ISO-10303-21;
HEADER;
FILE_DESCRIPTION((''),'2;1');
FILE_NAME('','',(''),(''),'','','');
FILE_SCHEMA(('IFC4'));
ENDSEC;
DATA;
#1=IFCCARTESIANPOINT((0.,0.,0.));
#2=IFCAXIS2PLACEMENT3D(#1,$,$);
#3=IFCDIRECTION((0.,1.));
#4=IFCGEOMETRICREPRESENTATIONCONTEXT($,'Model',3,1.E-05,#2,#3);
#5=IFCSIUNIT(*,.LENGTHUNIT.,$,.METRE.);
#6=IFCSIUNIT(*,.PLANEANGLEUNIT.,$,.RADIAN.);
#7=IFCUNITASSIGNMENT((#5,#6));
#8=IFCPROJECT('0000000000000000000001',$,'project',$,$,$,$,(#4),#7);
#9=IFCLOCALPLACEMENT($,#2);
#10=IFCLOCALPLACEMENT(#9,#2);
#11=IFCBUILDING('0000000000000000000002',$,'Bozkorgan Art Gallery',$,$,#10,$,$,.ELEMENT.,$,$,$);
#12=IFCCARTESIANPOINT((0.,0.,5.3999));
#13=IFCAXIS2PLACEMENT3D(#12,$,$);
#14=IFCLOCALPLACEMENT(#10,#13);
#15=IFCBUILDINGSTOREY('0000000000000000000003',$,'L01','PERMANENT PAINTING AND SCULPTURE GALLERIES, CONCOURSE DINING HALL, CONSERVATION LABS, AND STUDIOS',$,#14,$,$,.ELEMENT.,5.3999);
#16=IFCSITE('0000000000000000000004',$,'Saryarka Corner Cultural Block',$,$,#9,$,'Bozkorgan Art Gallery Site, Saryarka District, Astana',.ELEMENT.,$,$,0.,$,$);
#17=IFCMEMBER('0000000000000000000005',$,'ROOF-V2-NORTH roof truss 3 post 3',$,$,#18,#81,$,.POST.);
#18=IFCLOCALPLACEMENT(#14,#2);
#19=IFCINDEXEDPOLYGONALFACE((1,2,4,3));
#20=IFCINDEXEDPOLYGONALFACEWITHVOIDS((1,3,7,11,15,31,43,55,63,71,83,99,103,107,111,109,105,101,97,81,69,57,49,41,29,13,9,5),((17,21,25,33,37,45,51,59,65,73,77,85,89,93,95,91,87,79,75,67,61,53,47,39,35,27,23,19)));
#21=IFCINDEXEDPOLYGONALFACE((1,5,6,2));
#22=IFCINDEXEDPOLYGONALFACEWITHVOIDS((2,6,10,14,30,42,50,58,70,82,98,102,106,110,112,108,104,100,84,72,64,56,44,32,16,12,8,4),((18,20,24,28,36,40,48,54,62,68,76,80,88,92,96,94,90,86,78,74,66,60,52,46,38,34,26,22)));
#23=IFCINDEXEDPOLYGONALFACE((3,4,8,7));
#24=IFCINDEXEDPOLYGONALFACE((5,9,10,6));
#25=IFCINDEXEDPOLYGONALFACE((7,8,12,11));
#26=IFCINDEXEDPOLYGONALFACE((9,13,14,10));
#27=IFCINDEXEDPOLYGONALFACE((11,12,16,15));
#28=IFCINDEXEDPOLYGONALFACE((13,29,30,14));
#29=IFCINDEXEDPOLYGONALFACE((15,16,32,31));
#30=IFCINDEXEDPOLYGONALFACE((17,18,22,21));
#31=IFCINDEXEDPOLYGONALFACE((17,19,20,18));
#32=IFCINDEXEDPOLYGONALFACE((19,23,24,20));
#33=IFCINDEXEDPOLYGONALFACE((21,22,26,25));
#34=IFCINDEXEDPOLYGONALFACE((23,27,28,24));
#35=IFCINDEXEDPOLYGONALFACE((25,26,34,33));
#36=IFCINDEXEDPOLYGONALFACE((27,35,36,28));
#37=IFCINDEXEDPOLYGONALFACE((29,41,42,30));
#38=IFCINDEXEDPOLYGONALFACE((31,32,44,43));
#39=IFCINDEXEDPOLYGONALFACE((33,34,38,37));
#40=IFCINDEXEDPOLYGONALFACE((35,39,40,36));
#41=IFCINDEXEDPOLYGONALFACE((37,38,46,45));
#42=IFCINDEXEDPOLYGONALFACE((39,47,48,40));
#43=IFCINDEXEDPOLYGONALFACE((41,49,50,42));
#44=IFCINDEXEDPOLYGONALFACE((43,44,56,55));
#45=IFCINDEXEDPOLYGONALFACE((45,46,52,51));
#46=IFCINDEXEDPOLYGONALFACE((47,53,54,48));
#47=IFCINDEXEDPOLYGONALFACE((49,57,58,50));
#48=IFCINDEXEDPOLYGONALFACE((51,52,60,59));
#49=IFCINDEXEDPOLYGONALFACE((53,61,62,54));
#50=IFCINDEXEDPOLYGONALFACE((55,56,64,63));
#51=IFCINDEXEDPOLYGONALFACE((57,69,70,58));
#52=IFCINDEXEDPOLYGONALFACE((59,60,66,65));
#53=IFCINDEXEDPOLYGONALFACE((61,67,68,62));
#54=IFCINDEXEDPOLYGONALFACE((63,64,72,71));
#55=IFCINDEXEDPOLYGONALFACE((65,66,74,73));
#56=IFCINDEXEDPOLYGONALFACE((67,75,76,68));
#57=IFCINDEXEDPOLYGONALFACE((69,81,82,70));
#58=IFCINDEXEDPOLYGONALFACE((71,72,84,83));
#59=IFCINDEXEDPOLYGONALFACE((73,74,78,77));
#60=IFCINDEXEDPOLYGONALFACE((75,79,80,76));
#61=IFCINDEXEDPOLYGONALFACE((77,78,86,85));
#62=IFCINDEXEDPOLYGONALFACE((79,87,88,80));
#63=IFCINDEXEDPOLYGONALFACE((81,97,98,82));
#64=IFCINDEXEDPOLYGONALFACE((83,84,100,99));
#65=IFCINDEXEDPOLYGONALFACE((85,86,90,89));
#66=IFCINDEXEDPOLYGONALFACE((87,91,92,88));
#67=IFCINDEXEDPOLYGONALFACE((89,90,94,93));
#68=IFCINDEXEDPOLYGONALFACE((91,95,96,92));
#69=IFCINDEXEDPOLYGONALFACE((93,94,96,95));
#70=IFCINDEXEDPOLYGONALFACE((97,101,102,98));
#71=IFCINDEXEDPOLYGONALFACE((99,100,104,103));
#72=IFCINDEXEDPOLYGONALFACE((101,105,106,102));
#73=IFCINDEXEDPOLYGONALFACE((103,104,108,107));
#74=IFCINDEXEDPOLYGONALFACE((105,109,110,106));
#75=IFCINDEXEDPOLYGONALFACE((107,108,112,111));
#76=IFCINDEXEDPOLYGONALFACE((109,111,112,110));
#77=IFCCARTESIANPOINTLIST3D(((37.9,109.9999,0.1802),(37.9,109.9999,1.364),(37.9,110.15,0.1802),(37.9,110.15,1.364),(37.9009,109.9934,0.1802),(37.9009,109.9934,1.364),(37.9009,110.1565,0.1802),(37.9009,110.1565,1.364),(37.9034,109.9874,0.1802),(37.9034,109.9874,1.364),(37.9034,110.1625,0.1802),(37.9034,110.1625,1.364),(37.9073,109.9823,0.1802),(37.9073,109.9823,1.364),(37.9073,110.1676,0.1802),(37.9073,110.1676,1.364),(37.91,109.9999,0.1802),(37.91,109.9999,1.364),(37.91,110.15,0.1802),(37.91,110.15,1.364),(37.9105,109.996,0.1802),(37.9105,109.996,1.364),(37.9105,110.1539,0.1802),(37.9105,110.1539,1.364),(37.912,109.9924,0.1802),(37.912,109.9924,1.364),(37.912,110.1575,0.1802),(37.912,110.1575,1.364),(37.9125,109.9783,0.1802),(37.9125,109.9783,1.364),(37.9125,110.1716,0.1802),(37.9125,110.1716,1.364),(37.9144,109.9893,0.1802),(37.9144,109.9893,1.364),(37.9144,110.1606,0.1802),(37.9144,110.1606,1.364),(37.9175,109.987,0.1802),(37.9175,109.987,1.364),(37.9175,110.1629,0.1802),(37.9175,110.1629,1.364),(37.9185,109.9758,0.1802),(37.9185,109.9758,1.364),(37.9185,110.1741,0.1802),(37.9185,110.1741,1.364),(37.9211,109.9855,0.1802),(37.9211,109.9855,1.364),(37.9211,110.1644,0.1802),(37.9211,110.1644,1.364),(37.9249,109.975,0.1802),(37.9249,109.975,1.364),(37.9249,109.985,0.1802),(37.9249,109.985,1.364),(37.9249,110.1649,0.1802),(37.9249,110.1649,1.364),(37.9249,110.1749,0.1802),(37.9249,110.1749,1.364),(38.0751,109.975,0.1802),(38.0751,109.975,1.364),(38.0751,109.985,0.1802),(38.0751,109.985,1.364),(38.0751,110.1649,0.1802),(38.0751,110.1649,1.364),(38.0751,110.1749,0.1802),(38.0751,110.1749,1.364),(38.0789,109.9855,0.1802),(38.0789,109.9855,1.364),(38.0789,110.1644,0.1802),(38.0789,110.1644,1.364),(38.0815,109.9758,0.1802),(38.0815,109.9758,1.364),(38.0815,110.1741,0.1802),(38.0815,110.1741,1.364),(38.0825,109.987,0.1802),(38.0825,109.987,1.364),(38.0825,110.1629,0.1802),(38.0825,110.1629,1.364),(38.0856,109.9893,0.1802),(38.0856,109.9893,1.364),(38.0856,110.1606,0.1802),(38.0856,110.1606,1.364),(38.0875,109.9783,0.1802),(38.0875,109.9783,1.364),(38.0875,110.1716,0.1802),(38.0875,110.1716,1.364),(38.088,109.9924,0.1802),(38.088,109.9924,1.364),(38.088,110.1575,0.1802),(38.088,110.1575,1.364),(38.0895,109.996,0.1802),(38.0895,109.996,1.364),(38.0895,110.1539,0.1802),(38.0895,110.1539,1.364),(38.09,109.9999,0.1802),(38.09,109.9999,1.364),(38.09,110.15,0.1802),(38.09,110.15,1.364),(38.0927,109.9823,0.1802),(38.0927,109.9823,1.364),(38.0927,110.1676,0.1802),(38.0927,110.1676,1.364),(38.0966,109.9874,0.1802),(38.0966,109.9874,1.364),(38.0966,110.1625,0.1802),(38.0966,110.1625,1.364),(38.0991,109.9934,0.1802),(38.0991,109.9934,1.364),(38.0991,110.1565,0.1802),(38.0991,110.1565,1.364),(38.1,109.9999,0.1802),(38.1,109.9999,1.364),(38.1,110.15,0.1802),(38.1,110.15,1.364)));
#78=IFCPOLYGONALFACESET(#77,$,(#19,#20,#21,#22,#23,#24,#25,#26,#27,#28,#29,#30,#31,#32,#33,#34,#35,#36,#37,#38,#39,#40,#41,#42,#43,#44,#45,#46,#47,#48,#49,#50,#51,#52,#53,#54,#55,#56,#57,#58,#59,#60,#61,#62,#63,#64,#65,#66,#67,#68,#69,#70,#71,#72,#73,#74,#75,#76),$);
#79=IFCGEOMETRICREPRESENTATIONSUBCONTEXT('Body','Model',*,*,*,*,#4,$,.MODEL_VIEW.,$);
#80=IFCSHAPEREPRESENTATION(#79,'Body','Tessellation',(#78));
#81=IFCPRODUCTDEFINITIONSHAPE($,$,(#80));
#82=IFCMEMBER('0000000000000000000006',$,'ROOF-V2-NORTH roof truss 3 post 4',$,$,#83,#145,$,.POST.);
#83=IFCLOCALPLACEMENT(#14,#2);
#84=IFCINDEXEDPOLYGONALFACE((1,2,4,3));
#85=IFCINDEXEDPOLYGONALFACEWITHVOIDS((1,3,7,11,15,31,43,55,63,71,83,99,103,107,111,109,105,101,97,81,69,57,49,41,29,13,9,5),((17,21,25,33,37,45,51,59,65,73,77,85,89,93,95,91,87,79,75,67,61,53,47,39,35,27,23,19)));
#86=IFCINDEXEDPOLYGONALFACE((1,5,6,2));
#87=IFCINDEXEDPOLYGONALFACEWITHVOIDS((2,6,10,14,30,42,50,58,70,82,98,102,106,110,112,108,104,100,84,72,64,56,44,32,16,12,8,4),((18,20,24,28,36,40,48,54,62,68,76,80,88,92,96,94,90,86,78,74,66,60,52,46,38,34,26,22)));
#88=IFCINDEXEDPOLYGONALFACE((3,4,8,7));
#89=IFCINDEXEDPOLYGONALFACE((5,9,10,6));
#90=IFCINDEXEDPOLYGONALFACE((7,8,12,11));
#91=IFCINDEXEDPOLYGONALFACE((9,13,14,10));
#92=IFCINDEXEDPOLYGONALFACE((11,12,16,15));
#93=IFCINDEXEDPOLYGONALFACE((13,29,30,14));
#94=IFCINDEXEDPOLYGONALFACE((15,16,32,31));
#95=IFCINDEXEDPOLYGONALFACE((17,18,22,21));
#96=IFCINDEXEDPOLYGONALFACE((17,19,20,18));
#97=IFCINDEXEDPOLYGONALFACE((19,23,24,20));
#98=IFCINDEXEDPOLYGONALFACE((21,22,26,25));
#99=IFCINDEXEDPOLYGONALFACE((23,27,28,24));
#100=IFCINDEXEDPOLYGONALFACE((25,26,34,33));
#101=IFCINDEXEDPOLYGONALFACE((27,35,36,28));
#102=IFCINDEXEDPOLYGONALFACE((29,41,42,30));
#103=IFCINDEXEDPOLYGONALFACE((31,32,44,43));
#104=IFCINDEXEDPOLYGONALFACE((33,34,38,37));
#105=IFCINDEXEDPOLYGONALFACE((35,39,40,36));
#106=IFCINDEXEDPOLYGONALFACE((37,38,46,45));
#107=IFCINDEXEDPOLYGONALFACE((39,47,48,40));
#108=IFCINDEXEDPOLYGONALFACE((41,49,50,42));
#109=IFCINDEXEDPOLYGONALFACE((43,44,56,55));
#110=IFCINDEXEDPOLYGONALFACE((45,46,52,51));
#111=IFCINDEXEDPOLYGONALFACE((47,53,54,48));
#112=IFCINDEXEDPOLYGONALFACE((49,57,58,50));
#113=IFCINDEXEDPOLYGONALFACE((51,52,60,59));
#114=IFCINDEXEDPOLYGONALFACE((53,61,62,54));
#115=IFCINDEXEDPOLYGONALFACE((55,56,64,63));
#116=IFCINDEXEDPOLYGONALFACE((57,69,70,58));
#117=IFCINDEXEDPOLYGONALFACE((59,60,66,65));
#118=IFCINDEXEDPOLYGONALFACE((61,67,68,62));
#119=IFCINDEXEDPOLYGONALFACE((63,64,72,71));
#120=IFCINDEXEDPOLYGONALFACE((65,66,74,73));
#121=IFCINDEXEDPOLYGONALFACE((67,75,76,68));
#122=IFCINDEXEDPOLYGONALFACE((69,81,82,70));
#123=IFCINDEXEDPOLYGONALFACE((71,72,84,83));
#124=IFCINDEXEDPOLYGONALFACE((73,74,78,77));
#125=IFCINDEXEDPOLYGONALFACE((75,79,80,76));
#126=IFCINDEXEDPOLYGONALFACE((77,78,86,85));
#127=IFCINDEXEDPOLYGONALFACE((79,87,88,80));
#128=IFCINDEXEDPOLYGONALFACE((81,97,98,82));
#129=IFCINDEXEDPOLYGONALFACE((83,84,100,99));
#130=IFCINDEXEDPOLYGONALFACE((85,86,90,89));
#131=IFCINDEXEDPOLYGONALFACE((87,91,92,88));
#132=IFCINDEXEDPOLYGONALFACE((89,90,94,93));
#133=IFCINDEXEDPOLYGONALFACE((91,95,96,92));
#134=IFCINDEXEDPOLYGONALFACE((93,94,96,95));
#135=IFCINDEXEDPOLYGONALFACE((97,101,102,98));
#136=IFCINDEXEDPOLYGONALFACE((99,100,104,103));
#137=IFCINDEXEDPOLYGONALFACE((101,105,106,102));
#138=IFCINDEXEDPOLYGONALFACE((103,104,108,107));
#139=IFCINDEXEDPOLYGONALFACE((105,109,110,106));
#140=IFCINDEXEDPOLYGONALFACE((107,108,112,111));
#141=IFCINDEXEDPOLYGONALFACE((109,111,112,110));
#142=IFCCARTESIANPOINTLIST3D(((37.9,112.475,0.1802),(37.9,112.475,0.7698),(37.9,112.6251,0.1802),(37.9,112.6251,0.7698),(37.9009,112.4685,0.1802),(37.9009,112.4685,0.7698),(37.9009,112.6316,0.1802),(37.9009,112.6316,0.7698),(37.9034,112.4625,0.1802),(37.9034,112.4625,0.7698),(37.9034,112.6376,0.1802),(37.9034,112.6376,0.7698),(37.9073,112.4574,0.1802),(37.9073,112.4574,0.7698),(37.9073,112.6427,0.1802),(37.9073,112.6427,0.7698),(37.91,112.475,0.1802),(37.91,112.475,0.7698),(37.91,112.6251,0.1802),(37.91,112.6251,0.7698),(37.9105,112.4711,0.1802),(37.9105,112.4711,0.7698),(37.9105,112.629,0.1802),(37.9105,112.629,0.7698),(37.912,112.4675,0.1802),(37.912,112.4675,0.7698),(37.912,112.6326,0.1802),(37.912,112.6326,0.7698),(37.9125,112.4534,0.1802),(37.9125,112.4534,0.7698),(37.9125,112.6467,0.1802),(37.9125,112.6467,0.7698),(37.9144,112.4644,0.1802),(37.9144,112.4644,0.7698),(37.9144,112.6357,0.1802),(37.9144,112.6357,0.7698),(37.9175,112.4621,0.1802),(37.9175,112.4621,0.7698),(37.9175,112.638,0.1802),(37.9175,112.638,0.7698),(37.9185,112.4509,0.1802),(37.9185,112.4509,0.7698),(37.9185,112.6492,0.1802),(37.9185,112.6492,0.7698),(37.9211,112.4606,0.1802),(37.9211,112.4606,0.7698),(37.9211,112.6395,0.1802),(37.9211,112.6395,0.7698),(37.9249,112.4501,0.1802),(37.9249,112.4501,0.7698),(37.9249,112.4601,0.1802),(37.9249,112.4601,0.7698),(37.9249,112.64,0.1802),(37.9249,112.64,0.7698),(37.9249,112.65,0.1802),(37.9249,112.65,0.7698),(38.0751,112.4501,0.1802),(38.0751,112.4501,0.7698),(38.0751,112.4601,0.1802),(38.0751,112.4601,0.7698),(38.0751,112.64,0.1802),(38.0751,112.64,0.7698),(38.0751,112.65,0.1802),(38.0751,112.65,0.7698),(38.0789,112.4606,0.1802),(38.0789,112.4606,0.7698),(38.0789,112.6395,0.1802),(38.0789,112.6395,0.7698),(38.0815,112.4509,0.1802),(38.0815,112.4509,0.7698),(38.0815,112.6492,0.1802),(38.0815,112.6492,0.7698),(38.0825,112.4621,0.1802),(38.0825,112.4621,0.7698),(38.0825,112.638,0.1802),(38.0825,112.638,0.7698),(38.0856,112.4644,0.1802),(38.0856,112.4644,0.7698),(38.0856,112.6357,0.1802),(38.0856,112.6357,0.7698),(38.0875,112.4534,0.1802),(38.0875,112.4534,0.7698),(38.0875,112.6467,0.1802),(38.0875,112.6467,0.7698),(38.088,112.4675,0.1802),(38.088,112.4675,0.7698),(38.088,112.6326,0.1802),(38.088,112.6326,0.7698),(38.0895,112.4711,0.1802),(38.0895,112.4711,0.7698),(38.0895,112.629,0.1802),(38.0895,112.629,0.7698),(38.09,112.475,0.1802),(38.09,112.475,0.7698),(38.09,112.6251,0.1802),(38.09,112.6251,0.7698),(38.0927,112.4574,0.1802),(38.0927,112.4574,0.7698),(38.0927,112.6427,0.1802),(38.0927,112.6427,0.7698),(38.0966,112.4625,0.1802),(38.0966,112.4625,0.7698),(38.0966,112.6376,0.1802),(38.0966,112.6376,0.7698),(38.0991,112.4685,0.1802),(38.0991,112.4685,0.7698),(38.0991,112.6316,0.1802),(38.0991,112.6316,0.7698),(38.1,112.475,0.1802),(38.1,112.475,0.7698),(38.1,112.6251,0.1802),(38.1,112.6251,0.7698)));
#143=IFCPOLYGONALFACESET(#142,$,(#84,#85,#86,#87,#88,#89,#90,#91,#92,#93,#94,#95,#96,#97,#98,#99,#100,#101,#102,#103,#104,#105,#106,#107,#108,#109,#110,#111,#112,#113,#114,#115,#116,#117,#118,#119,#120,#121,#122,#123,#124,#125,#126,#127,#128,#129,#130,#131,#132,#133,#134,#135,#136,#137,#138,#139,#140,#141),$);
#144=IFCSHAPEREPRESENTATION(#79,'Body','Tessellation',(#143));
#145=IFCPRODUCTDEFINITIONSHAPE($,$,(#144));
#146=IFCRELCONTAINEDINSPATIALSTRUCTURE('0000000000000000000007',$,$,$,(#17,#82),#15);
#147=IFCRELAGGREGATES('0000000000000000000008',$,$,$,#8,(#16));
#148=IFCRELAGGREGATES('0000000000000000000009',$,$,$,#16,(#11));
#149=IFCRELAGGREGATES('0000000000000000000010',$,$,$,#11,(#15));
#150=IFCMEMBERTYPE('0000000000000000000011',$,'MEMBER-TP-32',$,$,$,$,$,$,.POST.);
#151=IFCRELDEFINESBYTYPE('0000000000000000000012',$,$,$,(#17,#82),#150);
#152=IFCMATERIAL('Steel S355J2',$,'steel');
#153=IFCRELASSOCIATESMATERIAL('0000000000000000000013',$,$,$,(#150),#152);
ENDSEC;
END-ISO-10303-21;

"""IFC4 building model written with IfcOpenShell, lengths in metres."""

from ifc_helpers import new_model, si_unit, direction, frame, origin, origin_2d, place, context, subcontext, project, spatial, hollow_rectangle, extrude, material, material_profile, profile_set, type_object, element, save


model = new_model("IFC4")

# Units and contexts
model_context = context("Model", 3, precision=1e-05, world=origin(), true_north=direction((0.0, 1.0)))
body_context = subcontext(model_context, "Body", "Model", "MODEL_VIEW")
ifc_project = project(units=[si_unit("LENGTHUNIT", "METRE"), si_unit("PLANEANGLEUNIT", "RADIAN")], contexts=[model_context])

# Site, building, storey
site_placement = place(None, origin())
site = spatial("IfcSite", under=ifc_project, at=site_placement, Name="Saryarka Corner Cultural Block", LongName="Bozkorgan Art Gallery Site, Saryarka District, Astana", CompositionType="ELEMENT", RefElevation=0.0)
building_placement = place(site_placement, origin())
building = spatial("IfcBuilding", under=site, at=building_placement, Name="Bozkorgan Art Gallery", CompositionType="ELEMENT")
storey_placement = place(building_placement, frame((0.0, 0.0, 5.3999)))
storey = spatial("IfcBuildingStorey", under=building, at=storey_placement, Name="L01", Description="PERMANENT PAINTING AND SCULPTURE GALLERIES, CONCOURSE DINING HALL, CONSERVATION LABS, AND STUDIOS", CompositionType="ELEMENT", Elevation=5.3999)

# Members
ifc_material_1 = material(Name="Steel S355J2", Category="steel")
ifc_material_profile_1 = material_profile(ifc_material_1, hollow_rectangle(XDim=0.2, YDim=0.2, WallThickness=0.01, InnerFilletRadius=0.0149, OuterFilletRadius=0.0249, at=origin_2d()), Name="SHS 200x200x10")
ifc_profile_set_1 = profile_set([ifc_material_profile_1], Name="Steel S355J2")
member_type_1 = type_object("IfcMemberType", Name="MEMBER-TP-32", PredefinedType="POST", material=ifc_profile_set_1)
member_1_placement = place(storey_placement, frame((38.0, 110.075, 0.1802), z_axis=(0.0, 0.0, 1.0), x_axis=(1.0, 0.0, 0.0)))
element("IfcMember", 1, at=member_1_placement, inside=storey, type_object=member_type_1, Name="ROOF-V2-NORTH roof truss 3 post 3", PredefinedType="POST", context=body_context, shape_type="SweptSolid", body=[
    extrude(hollow_rectangle(XDim=0.2, YDim=0.2, WallThickness=0.01, InnerFilletRadius=0.0149, OuterFilletRadius=0.0249, at=origin_2d()), origin(), (0.0, 0.0, 1.0), 1.1838),
])
member_2_placement = place(storey_placement, frame((38.0, 112.55, 0.1802), z_axis=(0.0, 0.0, 1.0), x_axis=(1.0, 0.0, 0.0)))
element("IfcMember", 2, at=member_2_placement, inside=storey, type_object=member_type_1, Name="ROOF-V2-NORTH roof truss 3 post 4", PredefinedType="POST", context=body_context, shape_type="SweptSolid", body=[
    extrude(hollow_rectangle(XDim=0.2, YDim=0.2, WallThickness=0.01, InnerFilletRadius=0.0149, OuterFilletRadius=0.0249, at=origin_2d()), origin(), (0.0, 0.0, 1.0), 0.5896),
])

save(model, "model.ifc")
